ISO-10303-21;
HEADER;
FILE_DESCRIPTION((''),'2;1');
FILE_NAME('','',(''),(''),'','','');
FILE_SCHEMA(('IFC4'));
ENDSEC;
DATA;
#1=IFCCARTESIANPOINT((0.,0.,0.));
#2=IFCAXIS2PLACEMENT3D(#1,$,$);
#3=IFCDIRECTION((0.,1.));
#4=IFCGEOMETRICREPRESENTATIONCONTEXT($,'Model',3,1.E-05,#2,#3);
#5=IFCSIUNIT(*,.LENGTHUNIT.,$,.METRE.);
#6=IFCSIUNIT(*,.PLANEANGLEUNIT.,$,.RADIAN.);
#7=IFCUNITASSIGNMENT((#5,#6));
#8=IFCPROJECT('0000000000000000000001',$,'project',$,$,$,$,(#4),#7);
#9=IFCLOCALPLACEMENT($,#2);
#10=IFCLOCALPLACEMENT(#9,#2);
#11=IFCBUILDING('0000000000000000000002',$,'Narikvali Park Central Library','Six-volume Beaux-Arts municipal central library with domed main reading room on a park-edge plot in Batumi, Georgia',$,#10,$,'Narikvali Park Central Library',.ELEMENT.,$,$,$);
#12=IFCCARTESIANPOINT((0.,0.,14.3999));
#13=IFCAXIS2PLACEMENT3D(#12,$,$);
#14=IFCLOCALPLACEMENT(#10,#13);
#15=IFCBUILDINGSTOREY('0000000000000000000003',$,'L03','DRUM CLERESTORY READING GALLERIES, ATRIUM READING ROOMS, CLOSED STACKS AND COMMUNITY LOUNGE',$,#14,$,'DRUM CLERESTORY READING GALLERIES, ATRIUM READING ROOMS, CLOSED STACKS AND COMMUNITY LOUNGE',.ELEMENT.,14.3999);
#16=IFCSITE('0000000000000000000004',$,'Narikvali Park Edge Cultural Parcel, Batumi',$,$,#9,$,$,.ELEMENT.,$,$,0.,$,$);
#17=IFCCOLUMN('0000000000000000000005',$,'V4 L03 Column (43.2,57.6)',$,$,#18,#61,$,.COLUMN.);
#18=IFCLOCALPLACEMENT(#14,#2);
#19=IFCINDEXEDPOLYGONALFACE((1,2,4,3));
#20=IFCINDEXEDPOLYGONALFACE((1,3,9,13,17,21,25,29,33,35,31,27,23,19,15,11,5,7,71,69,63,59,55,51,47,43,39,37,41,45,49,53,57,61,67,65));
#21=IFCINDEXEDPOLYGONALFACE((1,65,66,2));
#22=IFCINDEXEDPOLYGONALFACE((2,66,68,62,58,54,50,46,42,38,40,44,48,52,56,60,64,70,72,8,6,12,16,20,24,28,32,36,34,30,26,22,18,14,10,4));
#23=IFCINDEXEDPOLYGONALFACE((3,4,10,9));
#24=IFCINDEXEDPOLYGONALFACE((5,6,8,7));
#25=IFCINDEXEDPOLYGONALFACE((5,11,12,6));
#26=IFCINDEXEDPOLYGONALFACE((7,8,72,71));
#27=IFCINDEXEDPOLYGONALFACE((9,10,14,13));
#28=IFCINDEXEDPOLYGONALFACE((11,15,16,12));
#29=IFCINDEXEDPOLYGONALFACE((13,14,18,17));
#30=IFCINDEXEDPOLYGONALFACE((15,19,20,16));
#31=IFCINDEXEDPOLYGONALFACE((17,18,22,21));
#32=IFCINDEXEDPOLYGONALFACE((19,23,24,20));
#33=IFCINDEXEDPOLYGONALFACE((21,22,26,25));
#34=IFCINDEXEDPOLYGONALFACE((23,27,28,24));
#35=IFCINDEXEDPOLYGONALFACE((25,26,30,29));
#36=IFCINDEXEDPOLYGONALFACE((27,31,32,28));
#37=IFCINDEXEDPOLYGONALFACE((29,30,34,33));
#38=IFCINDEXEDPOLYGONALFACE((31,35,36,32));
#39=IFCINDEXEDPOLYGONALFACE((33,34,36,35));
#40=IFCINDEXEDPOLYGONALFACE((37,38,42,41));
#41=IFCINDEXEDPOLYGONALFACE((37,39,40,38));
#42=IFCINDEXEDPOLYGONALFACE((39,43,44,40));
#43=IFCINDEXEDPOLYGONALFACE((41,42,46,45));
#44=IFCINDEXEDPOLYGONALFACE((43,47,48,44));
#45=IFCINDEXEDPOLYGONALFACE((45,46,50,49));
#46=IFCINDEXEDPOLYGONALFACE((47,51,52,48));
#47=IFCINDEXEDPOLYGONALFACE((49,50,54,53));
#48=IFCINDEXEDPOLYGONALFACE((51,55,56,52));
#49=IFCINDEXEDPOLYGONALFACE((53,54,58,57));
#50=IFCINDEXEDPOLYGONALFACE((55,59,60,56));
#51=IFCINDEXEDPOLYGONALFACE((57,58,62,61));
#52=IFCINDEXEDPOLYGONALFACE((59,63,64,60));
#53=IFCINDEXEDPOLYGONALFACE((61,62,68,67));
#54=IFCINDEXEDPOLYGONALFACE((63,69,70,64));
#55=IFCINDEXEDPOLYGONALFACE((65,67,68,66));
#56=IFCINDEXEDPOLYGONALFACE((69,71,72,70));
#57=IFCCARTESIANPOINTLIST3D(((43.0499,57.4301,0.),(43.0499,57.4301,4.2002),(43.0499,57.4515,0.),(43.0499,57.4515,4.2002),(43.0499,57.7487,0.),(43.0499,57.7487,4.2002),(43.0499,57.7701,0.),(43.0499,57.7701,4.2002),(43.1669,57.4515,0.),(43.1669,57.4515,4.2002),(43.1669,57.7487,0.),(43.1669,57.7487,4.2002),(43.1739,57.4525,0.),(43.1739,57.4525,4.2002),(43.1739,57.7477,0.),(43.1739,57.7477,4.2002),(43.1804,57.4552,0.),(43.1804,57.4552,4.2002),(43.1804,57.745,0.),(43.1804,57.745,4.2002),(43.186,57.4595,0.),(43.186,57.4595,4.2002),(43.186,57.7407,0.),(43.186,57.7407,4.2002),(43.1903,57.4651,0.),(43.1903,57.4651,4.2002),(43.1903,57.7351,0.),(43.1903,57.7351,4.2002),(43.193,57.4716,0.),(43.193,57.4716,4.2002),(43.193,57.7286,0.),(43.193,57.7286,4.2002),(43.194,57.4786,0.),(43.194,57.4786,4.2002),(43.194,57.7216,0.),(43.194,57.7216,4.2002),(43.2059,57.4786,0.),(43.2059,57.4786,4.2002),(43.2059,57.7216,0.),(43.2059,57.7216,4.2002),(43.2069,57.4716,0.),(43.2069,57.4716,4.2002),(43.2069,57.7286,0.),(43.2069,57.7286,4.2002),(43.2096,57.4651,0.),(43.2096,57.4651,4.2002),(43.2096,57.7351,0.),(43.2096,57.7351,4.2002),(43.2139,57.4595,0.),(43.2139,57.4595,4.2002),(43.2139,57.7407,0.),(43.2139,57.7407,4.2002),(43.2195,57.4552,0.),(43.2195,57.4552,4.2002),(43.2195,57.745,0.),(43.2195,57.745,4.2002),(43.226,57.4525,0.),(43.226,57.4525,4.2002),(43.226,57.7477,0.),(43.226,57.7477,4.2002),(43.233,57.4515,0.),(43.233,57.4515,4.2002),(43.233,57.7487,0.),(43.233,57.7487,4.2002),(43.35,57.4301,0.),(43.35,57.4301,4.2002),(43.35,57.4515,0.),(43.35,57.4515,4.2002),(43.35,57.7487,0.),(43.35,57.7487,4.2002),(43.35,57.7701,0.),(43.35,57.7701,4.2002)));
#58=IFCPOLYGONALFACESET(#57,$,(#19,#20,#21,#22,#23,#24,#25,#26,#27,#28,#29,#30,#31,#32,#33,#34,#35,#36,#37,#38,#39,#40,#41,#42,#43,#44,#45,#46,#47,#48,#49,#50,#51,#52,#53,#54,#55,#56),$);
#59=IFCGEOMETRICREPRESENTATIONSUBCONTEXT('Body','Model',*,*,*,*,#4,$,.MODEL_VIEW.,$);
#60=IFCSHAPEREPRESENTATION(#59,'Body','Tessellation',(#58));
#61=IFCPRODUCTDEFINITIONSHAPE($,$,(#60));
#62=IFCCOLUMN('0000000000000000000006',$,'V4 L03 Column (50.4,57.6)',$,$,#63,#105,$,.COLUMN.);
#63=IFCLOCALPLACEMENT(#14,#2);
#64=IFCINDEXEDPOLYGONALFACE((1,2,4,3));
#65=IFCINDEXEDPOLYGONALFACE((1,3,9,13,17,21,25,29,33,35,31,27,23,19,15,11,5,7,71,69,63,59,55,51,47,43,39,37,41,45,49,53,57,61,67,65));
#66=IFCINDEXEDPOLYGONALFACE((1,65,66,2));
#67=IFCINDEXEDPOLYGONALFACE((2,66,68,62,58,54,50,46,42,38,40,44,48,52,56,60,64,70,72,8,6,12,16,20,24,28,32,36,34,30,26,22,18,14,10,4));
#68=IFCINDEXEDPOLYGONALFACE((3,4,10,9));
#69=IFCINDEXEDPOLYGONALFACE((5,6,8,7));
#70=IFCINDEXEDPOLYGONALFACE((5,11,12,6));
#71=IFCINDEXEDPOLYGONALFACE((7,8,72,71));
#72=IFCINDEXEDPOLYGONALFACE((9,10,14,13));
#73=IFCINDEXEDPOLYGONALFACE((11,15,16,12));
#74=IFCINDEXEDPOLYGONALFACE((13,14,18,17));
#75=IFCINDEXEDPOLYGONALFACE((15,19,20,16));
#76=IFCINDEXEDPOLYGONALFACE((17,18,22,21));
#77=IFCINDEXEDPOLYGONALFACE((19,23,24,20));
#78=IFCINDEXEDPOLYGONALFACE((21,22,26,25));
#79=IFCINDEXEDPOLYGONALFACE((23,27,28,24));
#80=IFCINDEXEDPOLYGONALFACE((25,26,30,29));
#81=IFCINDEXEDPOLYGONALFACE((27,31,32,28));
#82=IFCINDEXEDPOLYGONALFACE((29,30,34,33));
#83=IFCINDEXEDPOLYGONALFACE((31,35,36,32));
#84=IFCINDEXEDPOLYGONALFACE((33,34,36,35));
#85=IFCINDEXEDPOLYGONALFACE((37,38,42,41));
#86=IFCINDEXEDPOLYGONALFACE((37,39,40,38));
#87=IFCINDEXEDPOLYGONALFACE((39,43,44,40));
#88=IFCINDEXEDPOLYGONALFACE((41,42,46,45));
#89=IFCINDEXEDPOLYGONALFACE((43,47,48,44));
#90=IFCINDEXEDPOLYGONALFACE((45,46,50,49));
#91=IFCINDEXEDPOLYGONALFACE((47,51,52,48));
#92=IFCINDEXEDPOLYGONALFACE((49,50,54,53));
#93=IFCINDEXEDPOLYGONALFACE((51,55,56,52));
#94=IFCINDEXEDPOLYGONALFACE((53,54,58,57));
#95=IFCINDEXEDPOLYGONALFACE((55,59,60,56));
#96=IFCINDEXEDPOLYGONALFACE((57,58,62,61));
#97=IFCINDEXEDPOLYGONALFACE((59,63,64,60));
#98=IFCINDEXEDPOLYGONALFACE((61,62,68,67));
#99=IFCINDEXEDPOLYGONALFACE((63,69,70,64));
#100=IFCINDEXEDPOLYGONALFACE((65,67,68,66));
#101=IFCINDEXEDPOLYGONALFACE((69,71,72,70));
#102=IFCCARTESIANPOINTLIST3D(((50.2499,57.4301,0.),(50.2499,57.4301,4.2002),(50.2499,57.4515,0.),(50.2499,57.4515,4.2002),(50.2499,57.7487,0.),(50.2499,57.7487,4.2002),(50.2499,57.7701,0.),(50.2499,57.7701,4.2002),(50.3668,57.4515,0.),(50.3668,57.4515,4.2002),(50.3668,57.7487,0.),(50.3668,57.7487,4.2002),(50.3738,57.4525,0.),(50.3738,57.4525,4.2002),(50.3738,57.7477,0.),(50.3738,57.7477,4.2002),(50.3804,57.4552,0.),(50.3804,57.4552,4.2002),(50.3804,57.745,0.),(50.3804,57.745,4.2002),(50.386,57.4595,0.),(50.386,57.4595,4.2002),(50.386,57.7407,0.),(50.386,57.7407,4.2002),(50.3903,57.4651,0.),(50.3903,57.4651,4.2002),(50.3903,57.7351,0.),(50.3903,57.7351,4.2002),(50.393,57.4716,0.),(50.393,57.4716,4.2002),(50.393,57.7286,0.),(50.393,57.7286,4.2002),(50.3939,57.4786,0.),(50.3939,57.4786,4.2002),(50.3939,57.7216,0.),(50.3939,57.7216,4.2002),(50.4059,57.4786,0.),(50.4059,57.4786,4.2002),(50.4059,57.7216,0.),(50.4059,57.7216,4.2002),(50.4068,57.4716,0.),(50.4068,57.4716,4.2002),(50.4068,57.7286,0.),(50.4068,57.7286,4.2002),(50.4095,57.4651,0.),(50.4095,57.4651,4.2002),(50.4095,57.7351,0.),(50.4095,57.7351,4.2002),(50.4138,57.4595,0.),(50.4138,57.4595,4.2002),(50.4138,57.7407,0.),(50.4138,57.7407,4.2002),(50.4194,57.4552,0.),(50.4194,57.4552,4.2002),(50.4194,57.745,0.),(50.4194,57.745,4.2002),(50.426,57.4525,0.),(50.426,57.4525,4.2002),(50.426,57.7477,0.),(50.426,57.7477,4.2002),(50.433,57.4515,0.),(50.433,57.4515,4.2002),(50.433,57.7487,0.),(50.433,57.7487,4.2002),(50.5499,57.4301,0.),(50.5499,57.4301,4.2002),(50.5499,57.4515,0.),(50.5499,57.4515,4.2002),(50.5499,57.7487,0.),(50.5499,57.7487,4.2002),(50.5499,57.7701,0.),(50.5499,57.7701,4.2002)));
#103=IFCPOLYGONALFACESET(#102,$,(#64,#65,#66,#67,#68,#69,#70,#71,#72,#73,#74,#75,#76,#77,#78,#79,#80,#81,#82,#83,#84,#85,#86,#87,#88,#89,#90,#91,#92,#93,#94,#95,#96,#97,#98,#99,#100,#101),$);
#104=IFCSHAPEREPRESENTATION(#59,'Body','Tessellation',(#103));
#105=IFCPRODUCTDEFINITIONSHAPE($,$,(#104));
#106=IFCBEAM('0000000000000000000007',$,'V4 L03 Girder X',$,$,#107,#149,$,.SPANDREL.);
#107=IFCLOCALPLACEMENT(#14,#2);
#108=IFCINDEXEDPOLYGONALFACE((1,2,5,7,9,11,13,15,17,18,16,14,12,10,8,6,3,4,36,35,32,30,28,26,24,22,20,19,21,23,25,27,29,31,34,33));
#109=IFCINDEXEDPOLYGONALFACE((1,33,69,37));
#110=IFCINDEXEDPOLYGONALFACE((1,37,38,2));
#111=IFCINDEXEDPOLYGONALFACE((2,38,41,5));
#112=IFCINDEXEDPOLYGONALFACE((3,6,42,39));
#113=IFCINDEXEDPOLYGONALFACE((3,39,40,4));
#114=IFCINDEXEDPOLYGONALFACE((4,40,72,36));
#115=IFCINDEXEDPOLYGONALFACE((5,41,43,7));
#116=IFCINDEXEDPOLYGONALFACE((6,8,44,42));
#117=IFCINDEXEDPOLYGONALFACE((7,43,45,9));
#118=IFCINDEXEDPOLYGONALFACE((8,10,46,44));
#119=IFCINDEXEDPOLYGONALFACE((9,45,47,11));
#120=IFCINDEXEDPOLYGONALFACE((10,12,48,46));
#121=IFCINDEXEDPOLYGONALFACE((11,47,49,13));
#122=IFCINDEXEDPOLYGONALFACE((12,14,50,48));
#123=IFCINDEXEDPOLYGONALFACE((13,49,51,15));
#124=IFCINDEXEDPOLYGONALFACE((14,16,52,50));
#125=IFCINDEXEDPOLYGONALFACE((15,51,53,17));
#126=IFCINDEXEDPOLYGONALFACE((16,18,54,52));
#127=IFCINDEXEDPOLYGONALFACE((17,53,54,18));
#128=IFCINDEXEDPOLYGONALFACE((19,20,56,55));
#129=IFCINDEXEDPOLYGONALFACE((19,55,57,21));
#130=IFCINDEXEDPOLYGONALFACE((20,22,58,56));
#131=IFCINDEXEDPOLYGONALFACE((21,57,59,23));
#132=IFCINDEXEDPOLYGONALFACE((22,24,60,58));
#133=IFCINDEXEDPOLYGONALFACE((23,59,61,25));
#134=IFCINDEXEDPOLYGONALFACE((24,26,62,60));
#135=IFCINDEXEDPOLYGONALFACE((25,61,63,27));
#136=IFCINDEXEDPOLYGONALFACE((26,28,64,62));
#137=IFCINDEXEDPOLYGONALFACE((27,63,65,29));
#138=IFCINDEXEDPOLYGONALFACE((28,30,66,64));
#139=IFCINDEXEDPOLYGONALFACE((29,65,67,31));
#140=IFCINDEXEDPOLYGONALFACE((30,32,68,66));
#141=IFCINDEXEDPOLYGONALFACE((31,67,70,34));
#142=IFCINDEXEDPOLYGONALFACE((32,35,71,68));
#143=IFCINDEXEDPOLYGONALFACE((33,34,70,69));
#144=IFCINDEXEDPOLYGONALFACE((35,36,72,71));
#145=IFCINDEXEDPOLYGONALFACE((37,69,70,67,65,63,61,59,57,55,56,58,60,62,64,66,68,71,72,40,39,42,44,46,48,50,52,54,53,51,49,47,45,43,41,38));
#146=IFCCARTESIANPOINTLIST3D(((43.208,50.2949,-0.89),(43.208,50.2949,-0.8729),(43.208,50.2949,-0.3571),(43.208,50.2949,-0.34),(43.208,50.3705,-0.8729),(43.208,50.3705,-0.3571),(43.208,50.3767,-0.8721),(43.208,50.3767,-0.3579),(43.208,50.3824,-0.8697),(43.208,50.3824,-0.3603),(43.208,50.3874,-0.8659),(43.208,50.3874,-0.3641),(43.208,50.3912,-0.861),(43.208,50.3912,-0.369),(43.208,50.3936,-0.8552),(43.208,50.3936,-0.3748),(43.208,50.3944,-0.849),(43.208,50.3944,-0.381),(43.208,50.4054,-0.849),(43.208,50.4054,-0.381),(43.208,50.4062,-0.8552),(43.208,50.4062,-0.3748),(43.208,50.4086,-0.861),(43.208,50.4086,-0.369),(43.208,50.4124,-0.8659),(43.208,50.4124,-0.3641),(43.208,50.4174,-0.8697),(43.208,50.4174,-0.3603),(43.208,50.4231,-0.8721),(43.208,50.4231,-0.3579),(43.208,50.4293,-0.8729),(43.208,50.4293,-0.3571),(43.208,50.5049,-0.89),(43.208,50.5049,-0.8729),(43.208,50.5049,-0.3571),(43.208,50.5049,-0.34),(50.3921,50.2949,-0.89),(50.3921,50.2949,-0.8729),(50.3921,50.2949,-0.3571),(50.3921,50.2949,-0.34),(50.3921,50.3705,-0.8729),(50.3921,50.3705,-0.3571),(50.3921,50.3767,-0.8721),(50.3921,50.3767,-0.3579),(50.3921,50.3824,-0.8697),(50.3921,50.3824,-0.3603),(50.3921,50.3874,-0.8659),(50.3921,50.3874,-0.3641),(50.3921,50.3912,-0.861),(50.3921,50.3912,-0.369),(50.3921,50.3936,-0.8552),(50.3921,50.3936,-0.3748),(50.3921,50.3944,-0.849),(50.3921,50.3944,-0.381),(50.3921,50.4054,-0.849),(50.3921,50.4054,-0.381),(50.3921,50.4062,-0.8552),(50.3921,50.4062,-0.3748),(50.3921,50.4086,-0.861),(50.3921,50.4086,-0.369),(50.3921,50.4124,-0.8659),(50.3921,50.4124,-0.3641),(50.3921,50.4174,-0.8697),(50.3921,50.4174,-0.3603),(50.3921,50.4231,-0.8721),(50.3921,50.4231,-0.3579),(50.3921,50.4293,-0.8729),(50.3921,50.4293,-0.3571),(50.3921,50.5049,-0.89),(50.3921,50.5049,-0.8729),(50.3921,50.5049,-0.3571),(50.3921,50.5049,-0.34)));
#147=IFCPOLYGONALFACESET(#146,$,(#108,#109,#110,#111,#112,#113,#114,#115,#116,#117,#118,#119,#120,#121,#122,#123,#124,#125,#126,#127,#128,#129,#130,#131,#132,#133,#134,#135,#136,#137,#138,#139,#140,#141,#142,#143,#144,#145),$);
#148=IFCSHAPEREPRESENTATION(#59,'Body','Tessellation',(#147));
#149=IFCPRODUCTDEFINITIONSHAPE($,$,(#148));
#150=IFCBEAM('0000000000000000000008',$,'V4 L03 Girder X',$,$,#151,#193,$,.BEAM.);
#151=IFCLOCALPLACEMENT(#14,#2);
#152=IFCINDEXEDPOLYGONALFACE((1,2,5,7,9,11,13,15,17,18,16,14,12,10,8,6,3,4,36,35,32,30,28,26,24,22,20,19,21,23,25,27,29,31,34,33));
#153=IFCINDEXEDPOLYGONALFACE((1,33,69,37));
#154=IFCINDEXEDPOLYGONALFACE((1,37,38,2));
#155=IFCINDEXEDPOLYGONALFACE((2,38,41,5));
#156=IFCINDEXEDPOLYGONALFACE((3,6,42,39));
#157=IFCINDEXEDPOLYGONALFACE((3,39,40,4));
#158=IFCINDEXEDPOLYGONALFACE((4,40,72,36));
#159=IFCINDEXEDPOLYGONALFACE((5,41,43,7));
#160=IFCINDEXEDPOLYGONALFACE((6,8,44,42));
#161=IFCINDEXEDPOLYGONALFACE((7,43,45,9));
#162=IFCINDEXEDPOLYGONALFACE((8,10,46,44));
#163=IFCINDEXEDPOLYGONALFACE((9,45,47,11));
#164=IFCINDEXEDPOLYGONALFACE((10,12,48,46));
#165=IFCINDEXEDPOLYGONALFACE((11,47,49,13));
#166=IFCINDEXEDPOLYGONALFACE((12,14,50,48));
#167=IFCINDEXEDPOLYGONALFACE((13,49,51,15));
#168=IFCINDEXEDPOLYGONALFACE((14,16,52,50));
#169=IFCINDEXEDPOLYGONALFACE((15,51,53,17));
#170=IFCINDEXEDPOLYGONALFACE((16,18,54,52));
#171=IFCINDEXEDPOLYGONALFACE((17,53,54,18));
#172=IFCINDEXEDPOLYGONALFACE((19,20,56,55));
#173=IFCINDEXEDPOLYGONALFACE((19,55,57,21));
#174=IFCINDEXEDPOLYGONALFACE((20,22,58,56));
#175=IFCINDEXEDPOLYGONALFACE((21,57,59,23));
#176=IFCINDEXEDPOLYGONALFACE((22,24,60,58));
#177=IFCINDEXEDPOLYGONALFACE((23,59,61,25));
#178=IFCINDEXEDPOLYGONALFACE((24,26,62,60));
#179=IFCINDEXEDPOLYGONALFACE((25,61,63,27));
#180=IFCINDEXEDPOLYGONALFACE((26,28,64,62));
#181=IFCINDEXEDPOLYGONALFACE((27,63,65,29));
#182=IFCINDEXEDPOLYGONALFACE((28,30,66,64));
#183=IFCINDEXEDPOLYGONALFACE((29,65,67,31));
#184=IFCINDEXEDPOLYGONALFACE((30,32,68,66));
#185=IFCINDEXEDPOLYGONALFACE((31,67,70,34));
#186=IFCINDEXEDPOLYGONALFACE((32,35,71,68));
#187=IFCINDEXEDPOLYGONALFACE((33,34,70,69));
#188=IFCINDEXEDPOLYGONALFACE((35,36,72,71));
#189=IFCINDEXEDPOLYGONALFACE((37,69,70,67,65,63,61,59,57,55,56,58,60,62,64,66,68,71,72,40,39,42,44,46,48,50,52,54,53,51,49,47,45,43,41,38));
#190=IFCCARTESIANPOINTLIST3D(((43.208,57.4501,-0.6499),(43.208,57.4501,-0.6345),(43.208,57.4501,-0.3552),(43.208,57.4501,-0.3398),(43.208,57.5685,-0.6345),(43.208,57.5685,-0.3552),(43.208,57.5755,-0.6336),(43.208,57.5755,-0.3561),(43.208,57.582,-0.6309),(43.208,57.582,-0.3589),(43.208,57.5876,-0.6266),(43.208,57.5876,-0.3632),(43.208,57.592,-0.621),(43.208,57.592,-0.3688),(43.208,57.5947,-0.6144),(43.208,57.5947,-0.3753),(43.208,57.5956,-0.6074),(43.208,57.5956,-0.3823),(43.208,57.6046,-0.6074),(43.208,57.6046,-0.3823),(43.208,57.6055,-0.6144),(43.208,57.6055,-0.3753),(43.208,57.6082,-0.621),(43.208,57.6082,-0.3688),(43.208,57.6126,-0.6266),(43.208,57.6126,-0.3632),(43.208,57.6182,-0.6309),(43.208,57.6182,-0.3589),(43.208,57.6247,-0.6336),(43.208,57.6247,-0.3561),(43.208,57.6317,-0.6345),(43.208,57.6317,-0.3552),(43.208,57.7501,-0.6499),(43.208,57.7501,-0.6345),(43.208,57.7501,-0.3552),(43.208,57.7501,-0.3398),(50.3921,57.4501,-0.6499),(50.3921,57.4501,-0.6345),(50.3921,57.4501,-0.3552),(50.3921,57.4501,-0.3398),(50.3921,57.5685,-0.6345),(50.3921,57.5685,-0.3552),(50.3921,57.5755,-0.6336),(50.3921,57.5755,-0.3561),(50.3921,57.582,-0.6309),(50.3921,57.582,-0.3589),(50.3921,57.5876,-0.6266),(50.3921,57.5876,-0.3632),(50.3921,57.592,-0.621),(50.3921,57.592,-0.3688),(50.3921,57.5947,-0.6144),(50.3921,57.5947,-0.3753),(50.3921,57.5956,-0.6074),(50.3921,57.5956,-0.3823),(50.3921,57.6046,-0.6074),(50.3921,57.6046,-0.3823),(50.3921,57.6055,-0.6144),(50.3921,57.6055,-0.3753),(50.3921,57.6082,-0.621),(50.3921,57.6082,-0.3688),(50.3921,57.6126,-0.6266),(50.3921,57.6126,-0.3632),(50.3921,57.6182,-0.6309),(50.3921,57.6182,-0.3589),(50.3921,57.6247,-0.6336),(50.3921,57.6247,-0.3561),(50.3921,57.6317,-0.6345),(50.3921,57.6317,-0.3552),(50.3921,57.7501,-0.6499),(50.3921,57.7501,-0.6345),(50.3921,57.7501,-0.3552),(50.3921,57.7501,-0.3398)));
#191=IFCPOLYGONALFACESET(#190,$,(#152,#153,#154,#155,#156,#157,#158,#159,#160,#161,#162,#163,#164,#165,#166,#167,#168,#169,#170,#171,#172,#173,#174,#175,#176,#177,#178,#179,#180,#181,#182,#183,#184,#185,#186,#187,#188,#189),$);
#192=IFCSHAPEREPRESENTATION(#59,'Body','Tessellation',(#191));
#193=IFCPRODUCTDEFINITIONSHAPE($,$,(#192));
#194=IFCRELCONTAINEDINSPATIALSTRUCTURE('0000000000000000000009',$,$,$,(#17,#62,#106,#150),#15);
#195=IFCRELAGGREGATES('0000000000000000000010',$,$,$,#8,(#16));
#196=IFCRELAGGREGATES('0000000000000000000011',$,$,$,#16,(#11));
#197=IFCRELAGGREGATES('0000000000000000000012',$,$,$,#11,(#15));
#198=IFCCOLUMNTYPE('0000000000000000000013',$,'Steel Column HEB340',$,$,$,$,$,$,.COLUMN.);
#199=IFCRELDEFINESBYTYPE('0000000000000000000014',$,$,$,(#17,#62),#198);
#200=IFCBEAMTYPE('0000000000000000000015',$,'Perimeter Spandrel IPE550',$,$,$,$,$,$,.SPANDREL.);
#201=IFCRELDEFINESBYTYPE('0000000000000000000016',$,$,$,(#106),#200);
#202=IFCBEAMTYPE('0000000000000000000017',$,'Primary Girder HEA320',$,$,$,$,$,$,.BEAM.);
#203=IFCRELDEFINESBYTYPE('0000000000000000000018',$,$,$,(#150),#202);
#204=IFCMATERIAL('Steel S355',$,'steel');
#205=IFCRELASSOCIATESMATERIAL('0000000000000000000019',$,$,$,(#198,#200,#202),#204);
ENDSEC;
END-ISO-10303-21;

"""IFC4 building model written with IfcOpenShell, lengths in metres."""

from ifc_helpers import new_model, si_unit, direction, frame, origin, origin_2d, place, context, subcontext, project, spatial, i_section, extrude, material, material_profile, profile_set, type_object, element, save


model = new_model("IFC4")

# Units and contexts
model_context = context("Model", 3, precision=1e-05, world=origin(), true_north=direction((0.0, 1.0)))
body_context = subcontext(model_context, "Body", "Model", "MODEL_VIEW")
ifc_project = project(units=[si_unit("LENGTHUNIT", "METRE"), si_unit("PLANEANGLEUNIT", "RADIAN")], contexts=[model_context])

# Site, building, storey
site_placement = place(None, origin())
site = spatial("IfcSite", under=ifc_project, at=site_placement, Name="Narikvali Park Edge Cultural Parcel, Batumi", CompositionType="ELEMENT", RefElevation=0.0)
building_placement = place(site_placement, origin())
building = spatial("IfcBuilding", under=site, at=building_placement, Name="Narikvali Park Central Library", Description="Six-volume Beaux-Arts municipal central library with domed main reading room on a park-edge plot in Batumi, Georgia", LongName="Narikvali Park Central Library", CompositionType="ELEMENT")
storey_placement = place(building_placement, frame((0.0, 0.0, 14.3999)))
storey = spatial("IfcBuildingStorey", under=building, at=storey_placement, Name="L03", Description="DRUM CLERESTORY READING GALLERIES, ATRIUM READING ROOMS, CLOSED STACKS AND COMMUNITY LOUNGE", LongName="DRUM CLERESTORY READING GALLERIES, ATRIUM READING ROOMS, CLOSED STACKS AND COMMUNITY LOUNGE", CompositionType="ELEMENT", Elevation=14.3999)

# Columns
ifc_material_1 = material(Name="Steel S355", Category="steel")
ifc_material_profile_1 = material_profile(ifc_material_1, i_section(OverallWidth=0.3, OverallDepth=0.3401, WebThickness=0.012, FlangeThickness=0.0215, FilletRadius=0.0271, at=origin_2d()), Name="HEB 340")
ifc_profile_set_1 = profile_set([ifc_material_profile_1], Name="Steel S355")
column_type = type_object("IfcColumnType", Name="Steel Column HEB340", PredefinedType="COLUMN", material=ifc_profile_set_1)
for number, where, z_axis, x_axis, name in (
    (1, (43.2, 57.6001, 0.0), (0.0, 0.0, 1.0), (1.0, 0.0, 0.0), "V4 L03 Column (43.2,57.6)"),
    (2, (50.3999, 57.6001, 0.0), (0.0, 0.0, 1.0), (1.0, 0.0, 0.0), "V4 L03 Column (50.4,57.6)"),
):
    element("IfcColumn", number, at=place(storey_placement, frame(where, z_axis=z_axis, x_axis=x_axis)), inside=storey, type_object=column_type, Name=name, PredefinedType="COLUMN", context=body_context, shape_type="SweptSolid", body=[
        extrude(i_section(OverallWidth=0.3, OverallDepth=0.3401, WebThickness=0.012, FlangeThickness=0.0215, FilletRadius=0.0271, at=origin_2d()), origin(), (0.0, 0.0, 1.0), 4.2002),
    ])

# Beams
ifc_material_profile_2 = material_profile(ifc_material_1, i_section(OverallWidth=0.21, OverallDepth=0.55, WebThickness=0.011, FlangeThickness=0.0171, FilletRadius=0.0239, at=origin_2d()), Name="IPE 550")
ifc_profile_set_2 = profile_set([ifc_material_profile_2], Name="Steel S355")
beam_type_1 = type_object("IfcBeamType", Name="Perimeter Spandrel IPE550", PredefinedType="SPANDREL", material=ifc_profile_set_2)
beam_1_placement = place(storey_placement, frame((43.208, 50.3999, -0.615), z_axis=(1.0, 0.0, 0.0), x_axis=(0.0, 1.0, 0.0)))
element("IfcBeam", 3, at=beam_1_placement, inside=storey, type_object=beam_type_1, Name="V4 L03 Girder X", PredefinedType="SPANDREL", context=body_context, shape_type="SweptSolid", body=[
    extrude(i_section(OverallWidth=0.21, OverallDepth=0.55, WebThickness=0.011, FlangeThickness=0.0171, FilletRadius=0.0239, at=origin_2d()), origin(), (0.0, 0.0, 1.0), 7.1841),
])
ifc_material_profile_3 = material_profile(ifc_material_1, i_section(OverallWidth=0.3, OverallDepth=0.3101, WebThickness=0.009, FlangeThickness=0.0154, FilletRadius=0.0271, at=origin_2d()), Name="HEA 320")
ifc_profile_set_3 = profile_set([ifc_material_profile_3], Name="Steel S355")
beam_type_2 = type_object("IfcBeamType", Name="Primary Girder HEA320", PredefinedType="BEAM", material=ifc_profile_set_3)
beam_2_placement = place(storey_placement, frame((43.208, 57.6001, -0.4949), z_axis=(1.0, 0.0, 0.0), x_axis=(0.0, 1.0, 0.0)))
element("IfcBeam", 4, at=beam_2_placement, inside=storey, type_object=beam_type_2, Name="V4 L03 Girder X", PredefinedType="BEAM", context=body_context, shape_type="SweptSolid", body=[
    extrude(i_section(OverallWidth=0.3, OverallDepth=0.3101, WebThickness=0.009, FlangeThickness=0.0154, FilletRadius=0.0271, at=origin_2d()), origin(), (0.0, 0.0, 1.0), 7.1841),
])

save(model, "model.ifc")
